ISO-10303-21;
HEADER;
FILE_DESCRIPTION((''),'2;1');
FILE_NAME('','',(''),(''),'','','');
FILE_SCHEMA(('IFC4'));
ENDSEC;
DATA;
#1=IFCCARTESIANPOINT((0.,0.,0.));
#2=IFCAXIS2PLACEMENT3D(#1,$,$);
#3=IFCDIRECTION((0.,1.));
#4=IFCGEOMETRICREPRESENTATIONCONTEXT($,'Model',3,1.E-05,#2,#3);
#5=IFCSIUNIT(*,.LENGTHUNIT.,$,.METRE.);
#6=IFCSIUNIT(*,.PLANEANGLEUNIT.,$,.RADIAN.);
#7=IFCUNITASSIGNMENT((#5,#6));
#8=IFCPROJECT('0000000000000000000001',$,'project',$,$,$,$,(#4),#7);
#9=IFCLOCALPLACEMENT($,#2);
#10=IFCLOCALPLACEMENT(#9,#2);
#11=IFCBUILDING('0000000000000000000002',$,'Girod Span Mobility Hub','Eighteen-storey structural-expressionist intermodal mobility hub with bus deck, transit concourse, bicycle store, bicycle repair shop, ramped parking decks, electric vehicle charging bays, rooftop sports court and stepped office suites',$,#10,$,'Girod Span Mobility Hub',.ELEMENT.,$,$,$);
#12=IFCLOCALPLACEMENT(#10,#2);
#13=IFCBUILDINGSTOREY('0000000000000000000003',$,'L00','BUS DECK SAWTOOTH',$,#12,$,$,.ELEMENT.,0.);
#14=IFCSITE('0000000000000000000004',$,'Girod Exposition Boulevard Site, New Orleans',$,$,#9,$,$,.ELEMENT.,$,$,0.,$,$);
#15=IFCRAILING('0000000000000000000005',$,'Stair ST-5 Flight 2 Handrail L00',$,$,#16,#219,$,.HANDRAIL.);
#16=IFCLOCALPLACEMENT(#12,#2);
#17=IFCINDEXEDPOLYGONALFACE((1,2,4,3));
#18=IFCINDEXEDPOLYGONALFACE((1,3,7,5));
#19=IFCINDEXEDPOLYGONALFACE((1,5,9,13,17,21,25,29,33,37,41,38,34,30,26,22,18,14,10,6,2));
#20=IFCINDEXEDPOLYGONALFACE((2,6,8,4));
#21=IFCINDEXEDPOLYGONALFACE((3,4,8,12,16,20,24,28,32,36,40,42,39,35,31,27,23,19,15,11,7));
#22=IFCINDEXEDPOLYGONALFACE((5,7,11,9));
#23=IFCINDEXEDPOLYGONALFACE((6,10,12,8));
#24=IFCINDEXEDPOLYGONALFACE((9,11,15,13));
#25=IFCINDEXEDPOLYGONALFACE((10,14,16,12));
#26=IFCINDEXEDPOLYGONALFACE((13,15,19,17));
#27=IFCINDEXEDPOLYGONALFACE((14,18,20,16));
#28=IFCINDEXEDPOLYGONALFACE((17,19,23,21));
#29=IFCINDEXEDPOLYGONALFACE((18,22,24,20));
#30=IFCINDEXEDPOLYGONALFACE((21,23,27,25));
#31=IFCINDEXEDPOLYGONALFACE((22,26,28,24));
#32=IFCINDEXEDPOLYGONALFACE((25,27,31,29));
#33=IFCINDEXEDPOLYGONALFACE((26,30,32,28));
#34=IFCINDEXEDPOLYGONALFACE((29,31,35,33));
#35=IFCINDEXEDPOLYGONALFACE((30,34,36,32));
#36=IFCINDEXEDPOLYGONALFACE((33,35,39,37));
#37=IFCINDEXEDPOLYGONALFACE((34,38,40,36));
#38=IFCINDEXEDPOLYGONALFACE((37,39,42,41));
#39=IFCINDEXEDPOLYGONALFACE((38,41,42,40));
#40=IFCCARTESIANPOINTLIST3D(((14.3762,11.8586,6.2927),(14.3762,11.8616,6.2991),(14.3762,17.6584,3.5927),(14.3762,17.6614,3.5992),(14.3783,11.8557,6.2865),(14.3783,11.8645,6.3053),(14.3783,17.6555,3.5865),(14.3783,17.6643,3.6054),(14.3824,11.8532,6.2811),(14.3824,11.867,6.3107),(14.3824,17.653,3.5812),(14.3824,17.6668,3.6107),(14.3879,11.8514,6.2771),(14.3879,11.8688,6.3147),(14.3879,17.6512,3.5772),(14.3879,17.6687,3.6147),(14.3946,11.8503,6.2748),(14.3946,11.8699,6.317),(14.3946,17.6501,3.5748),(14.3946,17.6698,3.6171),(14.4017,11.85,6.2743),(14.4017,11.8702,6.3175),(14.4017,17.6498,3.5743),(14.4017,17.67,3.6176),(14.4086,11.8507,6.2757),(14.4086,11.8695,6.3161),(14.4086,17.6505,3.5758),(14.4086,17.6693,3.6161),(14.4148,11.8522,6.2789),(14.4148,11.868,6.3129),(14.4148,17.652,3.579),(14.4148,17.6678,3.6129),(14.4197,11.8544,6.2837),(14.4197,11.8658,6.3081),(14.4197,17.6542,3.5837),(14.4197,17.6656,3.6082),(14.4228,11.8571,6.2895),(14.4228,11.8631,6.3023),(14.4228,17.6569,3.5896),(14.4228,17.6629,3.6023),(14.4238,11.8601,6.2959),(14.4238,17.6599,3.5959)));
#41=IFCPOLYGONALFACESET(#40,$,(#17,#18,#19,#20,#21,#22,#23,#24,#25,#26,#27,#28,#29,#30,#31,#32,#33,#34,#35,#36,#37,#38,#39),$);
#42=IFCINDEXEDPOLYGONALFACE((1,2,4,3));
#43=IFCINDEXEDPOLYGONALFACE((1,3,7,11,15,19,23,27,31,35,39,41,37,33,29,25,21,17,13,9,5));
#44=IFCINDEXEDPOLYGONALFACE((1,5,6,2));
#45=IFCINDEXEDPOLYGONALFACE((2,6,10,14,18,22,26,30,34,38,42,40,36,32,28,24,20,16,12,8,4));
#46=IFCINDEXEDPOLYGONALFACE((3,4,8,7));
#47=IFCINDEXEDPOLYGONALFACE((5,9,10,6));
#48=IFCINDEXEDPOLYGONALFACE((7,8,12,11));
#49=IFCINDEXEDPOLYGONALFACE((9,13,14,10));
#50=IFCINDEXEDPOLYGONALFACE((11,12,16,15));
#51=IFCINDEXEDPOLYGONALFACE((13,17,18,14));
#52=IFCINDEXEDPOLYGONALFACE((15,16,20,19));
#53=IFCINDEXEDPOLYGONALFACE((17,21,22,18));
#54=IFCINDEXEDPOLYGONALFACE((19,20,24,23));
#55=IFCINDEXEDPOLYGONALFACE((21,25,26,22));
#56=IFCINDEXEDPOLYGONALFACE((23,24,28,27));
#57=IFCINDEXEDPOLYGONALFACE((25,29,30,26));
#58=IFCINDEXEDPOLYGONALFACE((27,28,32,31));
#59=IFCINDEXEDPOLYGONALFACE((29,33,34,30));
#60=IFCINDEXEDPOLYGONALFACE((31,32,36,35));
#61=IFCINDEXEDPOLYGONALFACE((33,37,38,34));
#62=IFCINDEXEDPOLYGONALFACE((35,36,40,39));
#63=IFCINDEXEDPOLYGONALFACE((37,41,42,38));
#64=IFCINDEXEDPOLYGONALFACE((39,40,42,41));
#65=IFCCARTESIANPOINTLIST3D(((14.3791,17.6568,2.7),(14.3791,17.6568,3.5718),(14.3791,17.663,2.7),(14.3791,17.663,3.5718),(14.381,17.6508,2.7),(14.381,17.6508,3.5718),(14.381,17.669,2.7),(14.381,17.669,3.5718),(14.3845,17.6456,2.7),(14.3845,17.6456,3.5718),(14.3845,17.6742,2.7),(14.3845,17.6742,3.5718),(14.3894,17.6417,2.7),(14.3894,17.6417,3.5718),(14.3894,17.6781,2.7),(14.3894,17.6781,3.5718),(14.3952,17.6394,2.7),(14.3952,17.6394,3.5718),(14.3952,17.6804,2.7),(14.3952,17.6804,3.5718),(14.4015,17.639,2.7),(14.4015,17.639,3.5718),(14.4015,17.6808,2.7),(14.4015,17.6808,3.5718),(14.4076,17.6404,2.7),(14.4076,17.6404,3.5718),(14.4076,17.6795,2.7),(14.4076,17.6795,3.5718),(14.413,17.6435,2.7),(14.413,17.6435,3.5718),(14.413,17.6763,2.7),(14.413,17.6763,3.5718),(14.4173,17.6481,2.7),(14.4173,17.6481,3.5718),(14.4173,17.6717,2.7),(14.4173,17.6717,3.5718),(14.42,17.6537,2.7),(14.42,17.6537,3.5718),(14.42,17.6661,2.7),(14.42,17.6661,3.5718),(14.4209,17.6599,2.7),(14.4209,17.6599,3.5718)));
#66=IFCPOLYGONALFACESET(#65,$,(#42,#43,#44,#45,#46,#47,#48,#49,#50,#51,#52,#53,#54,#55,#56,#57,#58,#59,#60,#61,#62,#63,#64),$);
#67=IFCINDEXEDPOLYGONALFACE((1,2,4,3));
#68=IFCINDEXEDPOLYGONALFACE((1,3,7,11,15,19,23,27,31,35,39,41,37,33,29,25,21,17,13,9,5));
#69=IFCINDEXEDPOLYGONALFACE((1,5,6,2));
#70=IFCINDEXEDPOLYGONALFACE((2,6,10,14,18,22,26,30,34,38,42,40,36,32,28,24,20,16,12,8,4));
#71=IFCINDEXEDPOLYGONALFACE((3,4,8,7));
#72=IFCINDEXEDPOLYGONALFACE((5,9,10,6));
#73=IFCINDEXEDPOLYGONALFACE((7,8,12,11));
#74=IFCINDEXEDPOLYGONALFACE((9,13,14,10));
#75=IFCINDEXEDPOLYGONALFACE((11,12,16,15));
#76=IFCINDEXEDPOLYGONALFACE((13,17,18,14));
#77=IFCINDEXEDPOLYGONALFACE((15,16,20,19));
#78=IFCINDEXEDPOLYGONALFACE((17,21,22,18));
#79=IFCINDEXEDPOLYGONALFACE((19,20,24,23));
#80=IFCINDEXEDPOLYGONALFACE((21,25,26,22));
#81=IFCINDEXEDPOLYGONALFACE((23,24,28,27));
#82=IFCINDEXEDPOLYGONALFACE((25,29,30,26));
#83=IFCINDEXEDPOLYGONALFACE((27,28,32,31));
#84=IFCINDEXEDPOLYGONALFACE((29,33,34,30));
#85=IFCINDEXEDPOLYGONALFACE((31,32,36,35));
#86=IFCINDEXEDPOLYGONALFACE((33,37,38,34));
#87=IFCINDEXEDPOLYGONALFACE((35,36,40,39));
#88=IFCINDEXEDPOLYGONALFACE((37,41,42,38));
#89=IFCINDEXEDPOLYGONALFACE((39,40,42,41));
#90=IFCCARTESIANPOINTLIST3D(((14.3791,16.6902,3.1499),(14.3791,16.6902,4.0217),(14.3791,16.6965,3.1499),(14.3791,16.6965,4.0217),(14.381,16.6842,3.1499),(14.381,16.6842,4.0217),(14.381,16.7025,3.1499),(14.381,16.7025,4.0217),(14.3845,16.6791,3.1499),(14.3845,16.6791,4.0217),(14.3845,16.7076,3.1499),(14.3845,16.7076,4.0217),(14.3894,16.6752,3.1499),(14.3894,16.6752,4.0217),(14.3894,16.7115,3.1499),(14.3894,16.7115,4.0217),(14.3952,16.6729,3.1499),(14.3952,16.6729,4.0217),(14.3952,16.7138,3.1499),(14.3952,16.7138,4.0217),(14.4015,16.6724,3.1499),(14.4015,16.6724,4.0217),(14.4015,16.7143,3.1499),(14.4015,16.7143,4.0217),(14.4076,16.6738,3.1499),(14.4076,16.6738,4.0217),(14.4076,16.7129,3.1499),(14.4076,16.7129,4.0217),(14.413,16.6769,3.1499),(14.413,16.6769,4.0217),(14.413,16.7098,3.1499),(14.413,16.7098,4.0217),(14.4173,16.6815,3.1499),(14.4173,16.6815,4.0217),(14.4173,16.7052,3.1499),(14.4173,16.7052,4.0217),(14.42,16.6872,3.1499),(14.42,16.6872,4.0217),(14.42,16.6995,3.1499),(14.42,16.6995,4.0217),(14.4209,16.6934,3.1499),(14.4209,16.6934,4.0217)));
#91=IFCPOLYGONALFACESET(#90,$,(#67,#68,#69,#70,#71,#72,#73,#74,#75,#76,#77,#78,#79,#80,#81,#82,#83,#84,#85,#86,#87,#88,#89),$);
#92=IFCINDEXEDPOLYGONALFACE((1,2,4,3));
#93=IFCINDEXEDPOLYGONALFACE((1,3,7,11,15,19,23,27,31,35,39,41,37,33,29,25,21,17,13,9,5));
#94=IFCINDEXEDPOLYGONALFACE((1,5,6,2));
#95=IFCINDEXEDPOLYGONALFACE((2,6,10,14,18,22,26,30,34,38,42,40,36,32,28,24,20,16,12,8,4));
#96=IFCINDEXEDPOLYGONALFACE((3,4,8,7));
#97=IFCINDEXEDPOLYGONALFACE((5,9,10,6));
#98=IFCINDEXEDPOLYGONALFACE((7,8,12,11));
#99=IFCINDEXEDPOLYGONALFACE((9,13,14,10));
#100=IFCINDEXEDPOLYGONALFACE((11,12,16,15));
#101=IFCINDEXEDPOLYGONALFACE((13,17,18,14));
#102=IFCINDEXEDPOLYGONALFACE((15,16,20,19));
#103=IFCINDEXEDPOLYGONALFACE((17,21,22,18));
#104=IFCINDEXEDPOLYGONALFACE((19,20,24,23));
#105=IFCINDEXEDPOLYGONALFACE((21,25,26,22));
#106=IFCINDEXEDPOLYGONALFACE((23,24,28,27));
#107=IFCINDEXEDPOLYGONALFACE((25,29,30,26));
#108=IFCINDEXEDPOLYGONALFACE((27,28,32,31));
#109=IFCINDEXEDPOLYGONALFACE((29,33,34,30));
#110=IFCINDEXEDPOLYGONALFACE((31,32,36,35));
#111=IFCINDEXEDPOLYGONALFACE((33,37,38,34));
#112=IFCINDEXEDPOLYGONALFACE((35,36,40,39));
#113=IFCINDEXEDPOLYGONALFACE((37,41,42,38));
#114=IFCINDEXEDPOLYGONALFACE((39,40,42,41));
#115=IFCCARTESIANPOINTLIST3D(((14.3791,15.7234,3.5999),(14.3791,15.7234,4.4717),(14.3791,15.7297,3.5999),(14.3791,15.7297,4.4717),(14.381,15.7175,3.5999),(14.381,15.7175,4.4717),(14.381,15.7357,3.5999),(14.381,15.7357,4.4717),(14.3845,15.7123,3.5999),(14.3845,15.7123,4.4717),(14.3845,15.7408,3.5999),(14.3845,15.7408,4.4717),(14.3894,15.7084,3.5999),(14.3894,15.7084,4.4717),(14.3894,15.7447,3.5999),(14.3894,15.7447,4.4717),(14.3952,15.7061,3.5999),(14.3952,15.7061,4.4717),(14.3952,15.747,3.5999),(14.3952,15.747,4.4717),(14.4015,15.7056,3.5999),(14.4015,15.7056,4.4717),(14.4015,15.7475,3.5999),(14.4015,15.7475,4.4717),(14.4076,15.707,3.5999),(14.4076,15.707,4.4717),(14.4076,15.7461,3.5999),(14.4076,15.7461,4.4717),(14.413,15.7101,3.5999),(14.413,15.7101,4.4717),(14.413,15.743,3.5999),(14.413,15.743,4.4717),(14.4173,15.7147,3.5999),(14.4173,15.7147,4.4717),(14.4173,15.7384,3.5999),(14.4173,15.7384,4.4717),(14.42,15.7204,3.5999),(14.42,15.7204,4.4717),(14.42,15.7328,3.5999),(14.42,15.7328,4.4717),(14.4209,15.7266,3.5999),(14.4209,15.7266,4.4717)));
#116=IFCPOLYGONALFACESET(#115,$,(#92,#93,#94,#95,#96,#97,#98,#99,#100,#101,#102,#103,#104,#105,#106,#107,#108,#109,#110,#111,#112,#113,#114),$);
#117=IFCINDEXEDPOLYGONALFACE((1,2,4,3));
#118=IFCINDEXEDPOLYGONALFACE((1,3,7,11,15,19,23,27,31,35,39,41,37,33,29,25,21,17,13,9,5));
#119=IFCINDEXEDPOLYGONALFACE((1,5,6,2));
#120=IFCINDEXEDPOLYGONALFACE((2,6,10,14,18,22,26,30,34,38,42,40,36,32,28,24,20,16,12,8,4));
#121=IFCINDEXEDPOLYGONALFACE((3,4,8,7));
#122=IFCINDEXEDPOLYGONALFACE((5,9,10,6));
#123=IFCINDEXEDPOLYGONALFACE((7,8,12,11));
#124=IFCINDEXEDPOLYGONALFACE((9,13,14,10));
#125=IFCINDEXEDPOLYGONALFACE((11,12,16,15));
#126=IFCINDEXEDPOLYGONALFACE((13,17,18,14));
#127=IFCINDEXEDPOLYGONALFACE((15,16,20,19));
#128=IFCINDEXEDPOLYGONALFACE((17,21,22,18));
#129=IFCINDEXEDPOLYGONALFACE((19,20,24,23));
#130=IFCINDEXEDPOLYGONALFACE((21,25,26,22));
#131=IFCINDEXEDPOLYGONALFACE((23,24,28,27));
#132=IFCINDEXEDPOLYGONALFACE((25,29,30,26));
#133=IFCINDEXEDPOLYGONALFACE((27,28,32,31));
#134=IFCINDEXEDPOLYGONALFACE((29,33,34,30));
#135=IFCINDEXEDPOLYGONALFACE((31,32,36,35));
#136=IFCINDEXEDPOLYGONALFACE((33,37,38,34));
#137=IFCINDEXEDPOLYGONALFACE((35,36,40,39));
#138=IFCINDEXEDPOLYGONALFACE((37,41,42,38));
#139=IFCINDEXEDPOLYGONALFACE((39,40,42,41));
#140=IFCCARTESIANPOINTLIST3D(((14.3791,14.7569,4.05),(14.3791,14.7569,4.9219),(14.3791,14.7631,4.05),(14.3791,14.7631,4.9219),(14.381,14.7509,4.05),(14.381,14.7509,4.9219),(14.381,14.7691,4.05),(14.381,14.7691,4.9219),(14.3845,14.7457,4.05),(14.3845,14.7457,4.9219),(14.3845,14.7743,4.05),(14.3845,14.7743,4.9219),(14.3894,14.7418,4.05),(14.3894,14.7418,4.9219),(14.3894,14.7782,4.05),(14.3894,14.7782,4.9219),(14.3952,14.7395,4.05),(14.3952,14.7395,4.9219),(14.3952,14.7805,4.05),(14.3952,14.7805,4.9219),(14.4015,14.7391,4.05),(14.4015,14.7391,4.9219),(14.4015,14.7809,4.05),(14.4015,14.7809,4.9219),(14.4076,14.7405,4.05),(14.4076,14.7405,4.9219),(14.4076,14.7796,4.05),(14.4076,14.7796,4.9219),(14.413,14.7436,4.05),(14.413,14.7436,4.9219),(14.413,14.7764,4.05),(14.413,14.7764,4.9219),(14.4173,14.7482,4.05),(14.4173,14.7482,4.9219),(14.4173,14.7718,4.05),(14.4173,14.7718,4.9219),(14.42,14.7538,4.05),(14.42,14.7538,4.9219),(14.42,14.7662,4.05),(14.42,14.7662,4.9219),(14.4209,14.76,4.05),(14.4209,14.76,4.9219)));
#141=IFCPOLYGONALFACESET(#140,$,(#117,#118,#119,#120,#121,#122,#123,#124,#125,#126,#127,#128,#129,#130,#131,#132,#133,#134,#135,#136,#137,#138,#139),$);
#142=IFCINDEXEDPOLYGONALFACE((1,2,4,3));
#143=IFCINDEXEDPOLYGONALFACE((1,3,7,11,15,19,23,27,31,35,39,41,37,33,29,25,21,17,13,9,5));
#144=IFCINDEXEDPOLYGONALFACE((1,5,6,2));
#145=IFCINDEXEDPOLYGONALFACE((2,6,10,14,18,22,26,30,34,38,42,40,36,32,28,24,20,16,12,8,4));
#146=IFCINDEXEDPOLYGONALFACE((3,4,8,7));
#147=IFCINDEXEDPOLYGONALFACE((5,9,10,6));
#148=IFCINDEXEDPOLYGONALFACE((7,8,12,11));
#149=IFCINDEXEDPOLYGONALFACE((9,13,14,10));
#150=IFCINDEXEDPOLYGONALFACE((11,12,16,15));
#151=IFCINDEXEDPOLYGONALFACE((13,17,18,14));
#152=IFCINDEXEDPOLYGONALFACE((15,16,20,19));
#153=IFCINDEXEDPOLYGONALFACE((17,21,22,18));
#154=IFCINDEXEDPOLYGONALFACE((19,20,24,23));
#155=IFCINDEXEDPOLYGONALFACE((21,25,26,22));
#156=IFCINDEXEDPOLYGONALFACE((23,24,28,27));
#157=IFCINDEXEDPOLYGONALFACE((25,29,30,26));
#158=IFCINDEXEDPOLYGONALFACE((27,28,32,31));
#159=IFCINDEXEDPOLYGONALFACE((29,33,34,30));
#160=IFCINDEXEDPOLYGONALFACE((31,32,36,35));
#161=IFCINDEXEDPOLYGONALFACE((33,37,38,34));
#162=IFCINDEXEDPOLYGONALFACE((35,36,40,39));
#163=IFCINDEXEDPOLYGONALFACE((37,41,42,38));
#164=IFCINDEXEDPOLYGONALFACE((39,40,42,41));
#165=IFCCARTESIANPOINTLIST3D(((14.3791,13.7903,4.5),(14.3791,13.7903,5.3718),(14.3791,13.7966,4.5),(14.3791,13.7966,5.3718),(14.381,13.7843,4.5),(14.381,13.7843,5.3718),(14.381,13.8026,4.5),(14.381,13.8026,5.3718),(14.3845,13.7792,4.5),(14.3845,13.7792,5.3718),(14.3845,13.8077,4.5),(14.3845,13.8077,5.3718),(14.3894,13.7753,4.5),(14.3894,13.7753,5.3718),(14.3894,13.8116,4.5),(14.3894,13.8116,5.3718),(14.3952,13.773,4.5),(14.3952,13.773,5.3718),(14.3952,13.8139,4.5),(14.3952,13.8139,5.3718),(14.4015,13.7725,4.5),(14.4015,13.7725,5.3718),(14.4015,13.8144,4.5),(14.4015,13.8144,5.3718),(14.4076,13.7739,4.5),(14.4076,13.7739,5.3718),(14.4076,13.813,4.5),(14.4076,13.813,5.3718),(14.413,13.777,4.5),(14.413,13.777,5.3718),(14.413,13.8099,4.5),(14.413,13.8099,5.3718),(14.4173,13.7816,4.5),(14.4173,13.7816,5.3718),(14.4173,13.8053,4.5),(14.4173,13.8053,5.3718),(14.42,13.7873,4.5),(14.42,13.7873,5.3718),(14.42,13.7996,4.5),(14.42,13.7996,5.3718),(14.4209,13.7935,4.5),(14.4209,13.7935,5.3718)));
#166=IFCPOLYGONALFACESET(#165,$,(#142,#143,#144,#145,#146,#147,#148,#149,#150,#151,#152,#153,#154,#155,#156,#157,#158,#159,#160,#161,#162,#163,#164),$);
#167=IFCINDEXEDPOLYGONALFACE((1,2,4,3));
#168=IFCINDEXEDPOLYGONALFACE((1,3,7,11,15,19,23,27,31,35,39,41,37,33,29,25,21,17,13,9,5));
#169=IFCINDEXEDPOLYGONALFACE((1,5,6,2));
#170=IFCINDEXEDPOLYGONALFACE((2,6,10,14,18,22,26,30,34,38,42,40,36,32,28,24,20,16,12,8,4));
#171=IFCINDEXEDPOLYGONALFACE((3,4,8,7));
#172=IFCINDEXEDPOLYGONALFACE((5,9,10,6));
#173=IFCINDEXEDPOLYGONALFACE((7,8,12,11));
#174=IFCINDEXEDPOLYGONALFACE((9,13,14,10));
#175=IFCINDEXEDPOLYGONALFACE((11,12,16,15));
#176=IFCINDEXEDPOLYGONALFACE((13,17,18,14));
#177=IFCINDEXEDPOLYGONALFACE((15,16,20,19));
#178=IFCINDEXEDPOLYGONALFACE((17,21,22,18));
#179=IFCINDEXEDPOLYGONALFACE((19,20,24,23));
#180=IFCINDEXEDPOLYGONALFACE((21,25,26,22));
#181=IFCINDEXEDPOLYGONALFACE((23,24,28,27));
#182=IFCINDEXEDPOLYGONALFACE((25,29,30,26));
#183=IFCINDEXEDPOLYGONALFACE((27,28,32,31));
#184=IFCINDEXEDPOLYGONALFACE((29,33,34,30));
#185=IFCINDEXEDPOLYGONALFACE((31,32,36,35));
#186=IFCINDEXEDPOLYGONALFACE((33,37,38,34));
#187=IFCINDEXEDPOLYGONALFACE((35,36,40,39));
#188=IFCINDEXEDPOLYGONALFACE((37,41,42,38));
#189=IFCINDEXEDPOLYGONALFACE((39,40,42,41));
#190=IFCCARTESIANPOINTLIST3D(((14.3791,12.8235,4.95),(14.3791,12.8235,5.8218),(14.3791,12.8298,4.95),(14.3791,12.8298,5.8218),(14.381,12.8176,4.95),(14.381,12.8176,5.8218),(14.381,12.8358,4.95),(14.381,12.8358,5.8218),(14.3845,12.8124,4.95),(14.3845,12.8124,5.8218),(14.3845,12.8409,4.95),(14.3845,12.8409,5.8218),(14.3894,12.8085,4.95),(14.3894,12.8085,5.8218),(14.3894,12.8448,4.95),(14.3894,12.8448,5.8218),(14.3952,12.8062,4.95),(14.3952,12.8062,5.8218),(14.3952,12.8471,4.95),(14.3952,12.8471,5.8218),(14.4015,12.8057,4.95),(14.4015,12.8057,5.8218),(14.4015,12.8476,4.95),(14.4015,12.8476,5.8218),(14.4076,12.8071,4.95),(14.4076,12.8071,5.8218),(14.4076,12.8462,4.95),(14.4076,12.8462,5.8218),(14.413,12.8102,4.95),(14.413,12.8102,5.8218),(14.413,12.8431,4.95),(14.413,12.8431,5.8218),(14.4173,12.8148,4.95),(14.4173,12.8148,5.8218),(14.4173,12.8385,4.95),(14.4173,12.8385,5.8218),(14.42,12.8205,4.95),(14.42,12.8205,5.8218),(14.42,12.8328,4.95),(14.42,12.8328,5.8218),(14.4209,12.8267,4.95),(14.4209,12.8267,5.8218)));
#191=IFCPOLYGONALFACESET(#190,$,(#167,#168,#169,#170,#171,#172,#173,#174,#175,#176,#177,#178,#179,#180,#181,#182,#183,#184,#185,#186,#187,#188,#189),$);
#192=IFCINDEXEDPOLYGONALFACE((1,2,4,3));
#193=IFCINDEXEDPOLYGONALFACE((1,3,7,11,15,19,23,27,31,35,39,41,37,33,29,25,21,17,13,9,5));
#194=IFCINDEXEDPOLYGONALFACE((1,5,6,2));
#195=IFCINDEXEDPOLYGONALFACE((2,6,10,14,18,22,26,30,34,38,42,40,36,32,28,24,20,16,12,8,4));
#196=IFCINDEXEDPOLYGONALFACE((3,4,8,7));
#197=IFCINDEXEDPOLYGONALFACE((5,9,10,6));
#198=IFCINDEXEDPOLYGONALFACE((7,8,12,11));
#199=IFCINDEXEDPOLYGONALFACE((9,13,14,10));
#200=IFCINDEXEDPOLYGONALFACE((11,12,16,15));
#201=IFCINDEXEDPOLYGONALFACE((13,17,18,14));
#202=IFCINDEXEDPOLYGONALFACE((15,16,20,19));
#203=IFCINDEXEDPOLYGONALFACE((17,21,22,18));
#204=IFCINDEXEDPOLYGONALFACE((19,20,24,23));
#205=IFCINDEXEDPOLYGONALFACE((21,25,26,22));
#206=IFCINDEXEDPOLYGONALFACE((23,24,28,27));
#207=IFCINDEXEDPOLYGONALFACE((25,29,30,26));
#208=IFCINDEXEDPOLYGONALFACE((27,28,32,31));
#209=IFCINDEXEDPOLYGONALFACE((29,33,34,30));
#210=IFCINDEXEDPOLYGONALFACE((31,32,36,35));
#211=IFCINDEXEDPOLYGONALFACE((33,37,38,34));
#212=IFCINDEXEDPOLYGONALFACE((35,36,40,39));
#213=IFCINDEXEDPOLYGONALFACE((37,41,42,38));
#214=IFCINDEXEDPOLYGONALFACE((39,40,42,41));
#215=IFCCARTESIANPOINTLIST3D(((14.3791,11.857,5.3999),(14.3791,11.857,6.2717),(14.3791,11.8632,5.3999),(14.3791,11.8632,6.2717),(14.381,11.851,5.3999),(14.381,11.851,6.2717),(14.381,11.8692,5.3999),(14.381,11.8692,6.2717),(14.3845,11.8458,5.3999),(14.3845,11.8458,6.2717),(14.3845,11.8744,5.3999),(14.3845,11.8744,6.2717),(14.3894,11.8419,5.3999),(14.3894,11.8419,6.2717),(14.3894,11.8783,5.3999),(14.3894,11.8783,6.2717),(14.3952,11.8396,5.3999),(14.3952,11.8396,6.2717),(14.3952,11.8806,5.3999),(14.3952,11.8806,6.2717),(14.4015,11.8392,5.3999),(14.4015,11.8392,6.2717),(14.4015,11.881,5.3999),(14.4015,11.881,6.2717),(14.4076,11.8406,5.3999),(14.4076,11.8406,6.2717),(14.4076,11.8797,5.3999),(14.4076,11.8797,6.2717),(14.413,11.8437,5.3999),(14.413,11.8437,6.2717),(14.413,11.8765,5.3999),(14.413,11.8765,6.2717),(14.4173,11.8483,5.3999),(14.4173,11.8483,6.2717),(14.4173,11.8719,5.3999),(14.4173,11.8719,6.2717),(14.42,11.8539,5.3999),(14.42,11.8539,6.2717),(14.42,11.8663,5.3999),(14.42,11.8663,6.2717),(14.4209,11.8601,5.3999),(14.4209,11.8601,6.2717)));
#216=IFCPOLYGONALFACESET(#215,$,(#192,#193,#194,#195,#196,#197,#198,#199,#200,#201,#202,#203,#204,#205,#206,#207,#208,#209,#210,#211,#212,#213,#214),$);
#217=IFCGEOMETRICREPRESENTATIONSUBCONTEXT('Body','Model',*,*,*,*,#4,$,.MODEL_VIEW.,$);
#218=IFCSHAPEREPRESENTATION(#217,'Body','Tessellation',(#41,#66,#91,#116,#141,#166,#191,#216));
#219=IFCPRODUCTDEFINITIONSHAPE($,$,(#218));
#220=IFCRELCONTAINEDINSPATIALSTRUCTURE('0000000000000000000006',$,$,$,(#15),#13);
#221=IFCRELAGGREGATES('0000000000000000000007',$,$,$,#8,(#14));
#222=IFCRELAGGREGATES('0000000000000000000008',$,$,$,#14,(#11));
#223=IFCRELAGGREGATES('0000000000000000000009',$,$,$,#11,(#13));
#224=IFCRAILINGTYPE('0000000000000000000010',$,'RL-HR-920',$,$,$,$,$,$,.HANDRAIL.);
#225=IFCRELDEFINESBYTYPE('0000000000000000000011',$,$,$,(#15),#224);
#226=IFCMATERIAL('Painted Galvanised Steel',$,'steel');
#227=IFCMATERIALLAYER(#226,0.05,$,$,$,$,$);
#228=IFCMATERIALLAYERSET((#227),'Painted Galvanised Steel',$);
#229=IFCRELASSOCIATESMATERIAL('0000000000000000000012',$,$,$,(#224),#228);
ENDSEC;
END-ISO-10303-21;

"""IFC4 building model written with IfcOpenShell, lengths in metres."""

from ifc_helpers import new_model, si_unit, direction, frame, origin, origin_2d, place, context, subcontext, project, spatial, circle, extrude, material, layer, layer_set, type_object, element, save


model = new_model("IFC4")

# Units and contexts
model_context = context("Model", 3, precision=1e-05, world=origin(), true_north=direction((0.0, 1.0)))
body_context = subcontext(model_context, "Body", "Model", "MODEL_VIEW")
ifc_project = project(units=[si_unit("LENGTHUNIT", "METRE"), si_unit("PLANEANGLEUNIT", "RADIAN")], contexts=[model_context])

# Site, building, storey
site_placement = place(None, origin())
site = spatial("IfcSite", under=ifc_project, at=site_placement, Name="Girod Exposition Boulevard Site, New Orleans", CompositionType="ELEMENT", RefElevation=0.0)
building_placement = place(site_placement, origin())
building = spatial("IfcBuilding", under=site, at=building_placement, Name="Girod Span Mobility Hub", Description="Eighteen-storey structural-expressionist intermodal mobility hub with bus deck, transit concourse, bicycle store, bicycle repair shop, ramped parking decks, electric vehicle charging bays, rooftop sports court and stepped office suites", LongName="Girod Span Mobility Hub", CompositionType="ELEMENT")
storey_placement = place(building_placement, origin())
storey = spatial("IfcBuildingStorey", under=building, at=storey_placement, Name="L00", Description="BUS DECK SAWTOOTH", CompositionType="ELEMENT", Elevation=0.0)

# Railing
ifc_material_1 = material(Name="Painted Galvanised Steel", Category="steel")
ifc_layer_1 = layer(ifc_material_1, 0.05)
ifc_layer_set_1 = layer_set([ifc_layer_1], Name="Painted Galvanised Steel")
railing_type_1 = type_object("IfcRailingType", Name="RL-HR-920", PredefinedType="HANDRAIL", material=ifc_layer_set_1)
railing_1_placement = place(storey_placement, frame((14.3999, 17.6599, 2.7)))
element("IfcRailing", 1, at=railing_1_placement, inside=storey, type_object=railing_type_1, Name="Stair ST-5 Flight 2 Handrail L00", PredefinedType="HANDRAIL", context=body_context, shape_type="SweptSolid", body=[
    extrude(circle(Radius=0.0239, at=origin_2d()), frame((0.0, 0.0, 0.896), z_axis=(0.0, -0.90658, 0.422035), x_axis=(1.0, 0.0, 0.0)), (0.0, 0.0, 1.0), 6.3975),
    extrude(circle(Radius=0.021, at=origin_2d()), origin(), (0.0, 0.0, 1.0), 0.8718),
    extrude(circle(Radius=0.021, at=origin_2d()), frame((0.0, -0.9666, 0.45)), (0.0, 0.0, 1.0), 0.8718),
    extrude(circle(Radius=0.021, at=origin_2d()), frame((0.0, -1.9333, 0.8999)), (0.0, 0.0, 1.0), 0.8718),
    extrude(circle(Radius=0.021, at=origin_2d()), frame((0.0, -2.8999, 1.3501)), (0.0, 0.0, 1.0), 0.8718),
    extrude(circle(Radius=0.021, at=origin_2d()), frame((0.0, -3.8665, 1.8)), (0.0, 0.0, 1.0), 0.8718),
    extrude(circle(Radius=0.021, at=origin_2d()), frame((0.0, -4.8333, 2.25)), (0.0, 0.0, 1.0), 0.8718),
    extrude(circle(Radius=0.021, at=origin_2d()), frame((0.0, -5.7998, 2.7)), (0.0, 0.0, 1.0), 0.8718),
])

save(model, "model.ifc")
